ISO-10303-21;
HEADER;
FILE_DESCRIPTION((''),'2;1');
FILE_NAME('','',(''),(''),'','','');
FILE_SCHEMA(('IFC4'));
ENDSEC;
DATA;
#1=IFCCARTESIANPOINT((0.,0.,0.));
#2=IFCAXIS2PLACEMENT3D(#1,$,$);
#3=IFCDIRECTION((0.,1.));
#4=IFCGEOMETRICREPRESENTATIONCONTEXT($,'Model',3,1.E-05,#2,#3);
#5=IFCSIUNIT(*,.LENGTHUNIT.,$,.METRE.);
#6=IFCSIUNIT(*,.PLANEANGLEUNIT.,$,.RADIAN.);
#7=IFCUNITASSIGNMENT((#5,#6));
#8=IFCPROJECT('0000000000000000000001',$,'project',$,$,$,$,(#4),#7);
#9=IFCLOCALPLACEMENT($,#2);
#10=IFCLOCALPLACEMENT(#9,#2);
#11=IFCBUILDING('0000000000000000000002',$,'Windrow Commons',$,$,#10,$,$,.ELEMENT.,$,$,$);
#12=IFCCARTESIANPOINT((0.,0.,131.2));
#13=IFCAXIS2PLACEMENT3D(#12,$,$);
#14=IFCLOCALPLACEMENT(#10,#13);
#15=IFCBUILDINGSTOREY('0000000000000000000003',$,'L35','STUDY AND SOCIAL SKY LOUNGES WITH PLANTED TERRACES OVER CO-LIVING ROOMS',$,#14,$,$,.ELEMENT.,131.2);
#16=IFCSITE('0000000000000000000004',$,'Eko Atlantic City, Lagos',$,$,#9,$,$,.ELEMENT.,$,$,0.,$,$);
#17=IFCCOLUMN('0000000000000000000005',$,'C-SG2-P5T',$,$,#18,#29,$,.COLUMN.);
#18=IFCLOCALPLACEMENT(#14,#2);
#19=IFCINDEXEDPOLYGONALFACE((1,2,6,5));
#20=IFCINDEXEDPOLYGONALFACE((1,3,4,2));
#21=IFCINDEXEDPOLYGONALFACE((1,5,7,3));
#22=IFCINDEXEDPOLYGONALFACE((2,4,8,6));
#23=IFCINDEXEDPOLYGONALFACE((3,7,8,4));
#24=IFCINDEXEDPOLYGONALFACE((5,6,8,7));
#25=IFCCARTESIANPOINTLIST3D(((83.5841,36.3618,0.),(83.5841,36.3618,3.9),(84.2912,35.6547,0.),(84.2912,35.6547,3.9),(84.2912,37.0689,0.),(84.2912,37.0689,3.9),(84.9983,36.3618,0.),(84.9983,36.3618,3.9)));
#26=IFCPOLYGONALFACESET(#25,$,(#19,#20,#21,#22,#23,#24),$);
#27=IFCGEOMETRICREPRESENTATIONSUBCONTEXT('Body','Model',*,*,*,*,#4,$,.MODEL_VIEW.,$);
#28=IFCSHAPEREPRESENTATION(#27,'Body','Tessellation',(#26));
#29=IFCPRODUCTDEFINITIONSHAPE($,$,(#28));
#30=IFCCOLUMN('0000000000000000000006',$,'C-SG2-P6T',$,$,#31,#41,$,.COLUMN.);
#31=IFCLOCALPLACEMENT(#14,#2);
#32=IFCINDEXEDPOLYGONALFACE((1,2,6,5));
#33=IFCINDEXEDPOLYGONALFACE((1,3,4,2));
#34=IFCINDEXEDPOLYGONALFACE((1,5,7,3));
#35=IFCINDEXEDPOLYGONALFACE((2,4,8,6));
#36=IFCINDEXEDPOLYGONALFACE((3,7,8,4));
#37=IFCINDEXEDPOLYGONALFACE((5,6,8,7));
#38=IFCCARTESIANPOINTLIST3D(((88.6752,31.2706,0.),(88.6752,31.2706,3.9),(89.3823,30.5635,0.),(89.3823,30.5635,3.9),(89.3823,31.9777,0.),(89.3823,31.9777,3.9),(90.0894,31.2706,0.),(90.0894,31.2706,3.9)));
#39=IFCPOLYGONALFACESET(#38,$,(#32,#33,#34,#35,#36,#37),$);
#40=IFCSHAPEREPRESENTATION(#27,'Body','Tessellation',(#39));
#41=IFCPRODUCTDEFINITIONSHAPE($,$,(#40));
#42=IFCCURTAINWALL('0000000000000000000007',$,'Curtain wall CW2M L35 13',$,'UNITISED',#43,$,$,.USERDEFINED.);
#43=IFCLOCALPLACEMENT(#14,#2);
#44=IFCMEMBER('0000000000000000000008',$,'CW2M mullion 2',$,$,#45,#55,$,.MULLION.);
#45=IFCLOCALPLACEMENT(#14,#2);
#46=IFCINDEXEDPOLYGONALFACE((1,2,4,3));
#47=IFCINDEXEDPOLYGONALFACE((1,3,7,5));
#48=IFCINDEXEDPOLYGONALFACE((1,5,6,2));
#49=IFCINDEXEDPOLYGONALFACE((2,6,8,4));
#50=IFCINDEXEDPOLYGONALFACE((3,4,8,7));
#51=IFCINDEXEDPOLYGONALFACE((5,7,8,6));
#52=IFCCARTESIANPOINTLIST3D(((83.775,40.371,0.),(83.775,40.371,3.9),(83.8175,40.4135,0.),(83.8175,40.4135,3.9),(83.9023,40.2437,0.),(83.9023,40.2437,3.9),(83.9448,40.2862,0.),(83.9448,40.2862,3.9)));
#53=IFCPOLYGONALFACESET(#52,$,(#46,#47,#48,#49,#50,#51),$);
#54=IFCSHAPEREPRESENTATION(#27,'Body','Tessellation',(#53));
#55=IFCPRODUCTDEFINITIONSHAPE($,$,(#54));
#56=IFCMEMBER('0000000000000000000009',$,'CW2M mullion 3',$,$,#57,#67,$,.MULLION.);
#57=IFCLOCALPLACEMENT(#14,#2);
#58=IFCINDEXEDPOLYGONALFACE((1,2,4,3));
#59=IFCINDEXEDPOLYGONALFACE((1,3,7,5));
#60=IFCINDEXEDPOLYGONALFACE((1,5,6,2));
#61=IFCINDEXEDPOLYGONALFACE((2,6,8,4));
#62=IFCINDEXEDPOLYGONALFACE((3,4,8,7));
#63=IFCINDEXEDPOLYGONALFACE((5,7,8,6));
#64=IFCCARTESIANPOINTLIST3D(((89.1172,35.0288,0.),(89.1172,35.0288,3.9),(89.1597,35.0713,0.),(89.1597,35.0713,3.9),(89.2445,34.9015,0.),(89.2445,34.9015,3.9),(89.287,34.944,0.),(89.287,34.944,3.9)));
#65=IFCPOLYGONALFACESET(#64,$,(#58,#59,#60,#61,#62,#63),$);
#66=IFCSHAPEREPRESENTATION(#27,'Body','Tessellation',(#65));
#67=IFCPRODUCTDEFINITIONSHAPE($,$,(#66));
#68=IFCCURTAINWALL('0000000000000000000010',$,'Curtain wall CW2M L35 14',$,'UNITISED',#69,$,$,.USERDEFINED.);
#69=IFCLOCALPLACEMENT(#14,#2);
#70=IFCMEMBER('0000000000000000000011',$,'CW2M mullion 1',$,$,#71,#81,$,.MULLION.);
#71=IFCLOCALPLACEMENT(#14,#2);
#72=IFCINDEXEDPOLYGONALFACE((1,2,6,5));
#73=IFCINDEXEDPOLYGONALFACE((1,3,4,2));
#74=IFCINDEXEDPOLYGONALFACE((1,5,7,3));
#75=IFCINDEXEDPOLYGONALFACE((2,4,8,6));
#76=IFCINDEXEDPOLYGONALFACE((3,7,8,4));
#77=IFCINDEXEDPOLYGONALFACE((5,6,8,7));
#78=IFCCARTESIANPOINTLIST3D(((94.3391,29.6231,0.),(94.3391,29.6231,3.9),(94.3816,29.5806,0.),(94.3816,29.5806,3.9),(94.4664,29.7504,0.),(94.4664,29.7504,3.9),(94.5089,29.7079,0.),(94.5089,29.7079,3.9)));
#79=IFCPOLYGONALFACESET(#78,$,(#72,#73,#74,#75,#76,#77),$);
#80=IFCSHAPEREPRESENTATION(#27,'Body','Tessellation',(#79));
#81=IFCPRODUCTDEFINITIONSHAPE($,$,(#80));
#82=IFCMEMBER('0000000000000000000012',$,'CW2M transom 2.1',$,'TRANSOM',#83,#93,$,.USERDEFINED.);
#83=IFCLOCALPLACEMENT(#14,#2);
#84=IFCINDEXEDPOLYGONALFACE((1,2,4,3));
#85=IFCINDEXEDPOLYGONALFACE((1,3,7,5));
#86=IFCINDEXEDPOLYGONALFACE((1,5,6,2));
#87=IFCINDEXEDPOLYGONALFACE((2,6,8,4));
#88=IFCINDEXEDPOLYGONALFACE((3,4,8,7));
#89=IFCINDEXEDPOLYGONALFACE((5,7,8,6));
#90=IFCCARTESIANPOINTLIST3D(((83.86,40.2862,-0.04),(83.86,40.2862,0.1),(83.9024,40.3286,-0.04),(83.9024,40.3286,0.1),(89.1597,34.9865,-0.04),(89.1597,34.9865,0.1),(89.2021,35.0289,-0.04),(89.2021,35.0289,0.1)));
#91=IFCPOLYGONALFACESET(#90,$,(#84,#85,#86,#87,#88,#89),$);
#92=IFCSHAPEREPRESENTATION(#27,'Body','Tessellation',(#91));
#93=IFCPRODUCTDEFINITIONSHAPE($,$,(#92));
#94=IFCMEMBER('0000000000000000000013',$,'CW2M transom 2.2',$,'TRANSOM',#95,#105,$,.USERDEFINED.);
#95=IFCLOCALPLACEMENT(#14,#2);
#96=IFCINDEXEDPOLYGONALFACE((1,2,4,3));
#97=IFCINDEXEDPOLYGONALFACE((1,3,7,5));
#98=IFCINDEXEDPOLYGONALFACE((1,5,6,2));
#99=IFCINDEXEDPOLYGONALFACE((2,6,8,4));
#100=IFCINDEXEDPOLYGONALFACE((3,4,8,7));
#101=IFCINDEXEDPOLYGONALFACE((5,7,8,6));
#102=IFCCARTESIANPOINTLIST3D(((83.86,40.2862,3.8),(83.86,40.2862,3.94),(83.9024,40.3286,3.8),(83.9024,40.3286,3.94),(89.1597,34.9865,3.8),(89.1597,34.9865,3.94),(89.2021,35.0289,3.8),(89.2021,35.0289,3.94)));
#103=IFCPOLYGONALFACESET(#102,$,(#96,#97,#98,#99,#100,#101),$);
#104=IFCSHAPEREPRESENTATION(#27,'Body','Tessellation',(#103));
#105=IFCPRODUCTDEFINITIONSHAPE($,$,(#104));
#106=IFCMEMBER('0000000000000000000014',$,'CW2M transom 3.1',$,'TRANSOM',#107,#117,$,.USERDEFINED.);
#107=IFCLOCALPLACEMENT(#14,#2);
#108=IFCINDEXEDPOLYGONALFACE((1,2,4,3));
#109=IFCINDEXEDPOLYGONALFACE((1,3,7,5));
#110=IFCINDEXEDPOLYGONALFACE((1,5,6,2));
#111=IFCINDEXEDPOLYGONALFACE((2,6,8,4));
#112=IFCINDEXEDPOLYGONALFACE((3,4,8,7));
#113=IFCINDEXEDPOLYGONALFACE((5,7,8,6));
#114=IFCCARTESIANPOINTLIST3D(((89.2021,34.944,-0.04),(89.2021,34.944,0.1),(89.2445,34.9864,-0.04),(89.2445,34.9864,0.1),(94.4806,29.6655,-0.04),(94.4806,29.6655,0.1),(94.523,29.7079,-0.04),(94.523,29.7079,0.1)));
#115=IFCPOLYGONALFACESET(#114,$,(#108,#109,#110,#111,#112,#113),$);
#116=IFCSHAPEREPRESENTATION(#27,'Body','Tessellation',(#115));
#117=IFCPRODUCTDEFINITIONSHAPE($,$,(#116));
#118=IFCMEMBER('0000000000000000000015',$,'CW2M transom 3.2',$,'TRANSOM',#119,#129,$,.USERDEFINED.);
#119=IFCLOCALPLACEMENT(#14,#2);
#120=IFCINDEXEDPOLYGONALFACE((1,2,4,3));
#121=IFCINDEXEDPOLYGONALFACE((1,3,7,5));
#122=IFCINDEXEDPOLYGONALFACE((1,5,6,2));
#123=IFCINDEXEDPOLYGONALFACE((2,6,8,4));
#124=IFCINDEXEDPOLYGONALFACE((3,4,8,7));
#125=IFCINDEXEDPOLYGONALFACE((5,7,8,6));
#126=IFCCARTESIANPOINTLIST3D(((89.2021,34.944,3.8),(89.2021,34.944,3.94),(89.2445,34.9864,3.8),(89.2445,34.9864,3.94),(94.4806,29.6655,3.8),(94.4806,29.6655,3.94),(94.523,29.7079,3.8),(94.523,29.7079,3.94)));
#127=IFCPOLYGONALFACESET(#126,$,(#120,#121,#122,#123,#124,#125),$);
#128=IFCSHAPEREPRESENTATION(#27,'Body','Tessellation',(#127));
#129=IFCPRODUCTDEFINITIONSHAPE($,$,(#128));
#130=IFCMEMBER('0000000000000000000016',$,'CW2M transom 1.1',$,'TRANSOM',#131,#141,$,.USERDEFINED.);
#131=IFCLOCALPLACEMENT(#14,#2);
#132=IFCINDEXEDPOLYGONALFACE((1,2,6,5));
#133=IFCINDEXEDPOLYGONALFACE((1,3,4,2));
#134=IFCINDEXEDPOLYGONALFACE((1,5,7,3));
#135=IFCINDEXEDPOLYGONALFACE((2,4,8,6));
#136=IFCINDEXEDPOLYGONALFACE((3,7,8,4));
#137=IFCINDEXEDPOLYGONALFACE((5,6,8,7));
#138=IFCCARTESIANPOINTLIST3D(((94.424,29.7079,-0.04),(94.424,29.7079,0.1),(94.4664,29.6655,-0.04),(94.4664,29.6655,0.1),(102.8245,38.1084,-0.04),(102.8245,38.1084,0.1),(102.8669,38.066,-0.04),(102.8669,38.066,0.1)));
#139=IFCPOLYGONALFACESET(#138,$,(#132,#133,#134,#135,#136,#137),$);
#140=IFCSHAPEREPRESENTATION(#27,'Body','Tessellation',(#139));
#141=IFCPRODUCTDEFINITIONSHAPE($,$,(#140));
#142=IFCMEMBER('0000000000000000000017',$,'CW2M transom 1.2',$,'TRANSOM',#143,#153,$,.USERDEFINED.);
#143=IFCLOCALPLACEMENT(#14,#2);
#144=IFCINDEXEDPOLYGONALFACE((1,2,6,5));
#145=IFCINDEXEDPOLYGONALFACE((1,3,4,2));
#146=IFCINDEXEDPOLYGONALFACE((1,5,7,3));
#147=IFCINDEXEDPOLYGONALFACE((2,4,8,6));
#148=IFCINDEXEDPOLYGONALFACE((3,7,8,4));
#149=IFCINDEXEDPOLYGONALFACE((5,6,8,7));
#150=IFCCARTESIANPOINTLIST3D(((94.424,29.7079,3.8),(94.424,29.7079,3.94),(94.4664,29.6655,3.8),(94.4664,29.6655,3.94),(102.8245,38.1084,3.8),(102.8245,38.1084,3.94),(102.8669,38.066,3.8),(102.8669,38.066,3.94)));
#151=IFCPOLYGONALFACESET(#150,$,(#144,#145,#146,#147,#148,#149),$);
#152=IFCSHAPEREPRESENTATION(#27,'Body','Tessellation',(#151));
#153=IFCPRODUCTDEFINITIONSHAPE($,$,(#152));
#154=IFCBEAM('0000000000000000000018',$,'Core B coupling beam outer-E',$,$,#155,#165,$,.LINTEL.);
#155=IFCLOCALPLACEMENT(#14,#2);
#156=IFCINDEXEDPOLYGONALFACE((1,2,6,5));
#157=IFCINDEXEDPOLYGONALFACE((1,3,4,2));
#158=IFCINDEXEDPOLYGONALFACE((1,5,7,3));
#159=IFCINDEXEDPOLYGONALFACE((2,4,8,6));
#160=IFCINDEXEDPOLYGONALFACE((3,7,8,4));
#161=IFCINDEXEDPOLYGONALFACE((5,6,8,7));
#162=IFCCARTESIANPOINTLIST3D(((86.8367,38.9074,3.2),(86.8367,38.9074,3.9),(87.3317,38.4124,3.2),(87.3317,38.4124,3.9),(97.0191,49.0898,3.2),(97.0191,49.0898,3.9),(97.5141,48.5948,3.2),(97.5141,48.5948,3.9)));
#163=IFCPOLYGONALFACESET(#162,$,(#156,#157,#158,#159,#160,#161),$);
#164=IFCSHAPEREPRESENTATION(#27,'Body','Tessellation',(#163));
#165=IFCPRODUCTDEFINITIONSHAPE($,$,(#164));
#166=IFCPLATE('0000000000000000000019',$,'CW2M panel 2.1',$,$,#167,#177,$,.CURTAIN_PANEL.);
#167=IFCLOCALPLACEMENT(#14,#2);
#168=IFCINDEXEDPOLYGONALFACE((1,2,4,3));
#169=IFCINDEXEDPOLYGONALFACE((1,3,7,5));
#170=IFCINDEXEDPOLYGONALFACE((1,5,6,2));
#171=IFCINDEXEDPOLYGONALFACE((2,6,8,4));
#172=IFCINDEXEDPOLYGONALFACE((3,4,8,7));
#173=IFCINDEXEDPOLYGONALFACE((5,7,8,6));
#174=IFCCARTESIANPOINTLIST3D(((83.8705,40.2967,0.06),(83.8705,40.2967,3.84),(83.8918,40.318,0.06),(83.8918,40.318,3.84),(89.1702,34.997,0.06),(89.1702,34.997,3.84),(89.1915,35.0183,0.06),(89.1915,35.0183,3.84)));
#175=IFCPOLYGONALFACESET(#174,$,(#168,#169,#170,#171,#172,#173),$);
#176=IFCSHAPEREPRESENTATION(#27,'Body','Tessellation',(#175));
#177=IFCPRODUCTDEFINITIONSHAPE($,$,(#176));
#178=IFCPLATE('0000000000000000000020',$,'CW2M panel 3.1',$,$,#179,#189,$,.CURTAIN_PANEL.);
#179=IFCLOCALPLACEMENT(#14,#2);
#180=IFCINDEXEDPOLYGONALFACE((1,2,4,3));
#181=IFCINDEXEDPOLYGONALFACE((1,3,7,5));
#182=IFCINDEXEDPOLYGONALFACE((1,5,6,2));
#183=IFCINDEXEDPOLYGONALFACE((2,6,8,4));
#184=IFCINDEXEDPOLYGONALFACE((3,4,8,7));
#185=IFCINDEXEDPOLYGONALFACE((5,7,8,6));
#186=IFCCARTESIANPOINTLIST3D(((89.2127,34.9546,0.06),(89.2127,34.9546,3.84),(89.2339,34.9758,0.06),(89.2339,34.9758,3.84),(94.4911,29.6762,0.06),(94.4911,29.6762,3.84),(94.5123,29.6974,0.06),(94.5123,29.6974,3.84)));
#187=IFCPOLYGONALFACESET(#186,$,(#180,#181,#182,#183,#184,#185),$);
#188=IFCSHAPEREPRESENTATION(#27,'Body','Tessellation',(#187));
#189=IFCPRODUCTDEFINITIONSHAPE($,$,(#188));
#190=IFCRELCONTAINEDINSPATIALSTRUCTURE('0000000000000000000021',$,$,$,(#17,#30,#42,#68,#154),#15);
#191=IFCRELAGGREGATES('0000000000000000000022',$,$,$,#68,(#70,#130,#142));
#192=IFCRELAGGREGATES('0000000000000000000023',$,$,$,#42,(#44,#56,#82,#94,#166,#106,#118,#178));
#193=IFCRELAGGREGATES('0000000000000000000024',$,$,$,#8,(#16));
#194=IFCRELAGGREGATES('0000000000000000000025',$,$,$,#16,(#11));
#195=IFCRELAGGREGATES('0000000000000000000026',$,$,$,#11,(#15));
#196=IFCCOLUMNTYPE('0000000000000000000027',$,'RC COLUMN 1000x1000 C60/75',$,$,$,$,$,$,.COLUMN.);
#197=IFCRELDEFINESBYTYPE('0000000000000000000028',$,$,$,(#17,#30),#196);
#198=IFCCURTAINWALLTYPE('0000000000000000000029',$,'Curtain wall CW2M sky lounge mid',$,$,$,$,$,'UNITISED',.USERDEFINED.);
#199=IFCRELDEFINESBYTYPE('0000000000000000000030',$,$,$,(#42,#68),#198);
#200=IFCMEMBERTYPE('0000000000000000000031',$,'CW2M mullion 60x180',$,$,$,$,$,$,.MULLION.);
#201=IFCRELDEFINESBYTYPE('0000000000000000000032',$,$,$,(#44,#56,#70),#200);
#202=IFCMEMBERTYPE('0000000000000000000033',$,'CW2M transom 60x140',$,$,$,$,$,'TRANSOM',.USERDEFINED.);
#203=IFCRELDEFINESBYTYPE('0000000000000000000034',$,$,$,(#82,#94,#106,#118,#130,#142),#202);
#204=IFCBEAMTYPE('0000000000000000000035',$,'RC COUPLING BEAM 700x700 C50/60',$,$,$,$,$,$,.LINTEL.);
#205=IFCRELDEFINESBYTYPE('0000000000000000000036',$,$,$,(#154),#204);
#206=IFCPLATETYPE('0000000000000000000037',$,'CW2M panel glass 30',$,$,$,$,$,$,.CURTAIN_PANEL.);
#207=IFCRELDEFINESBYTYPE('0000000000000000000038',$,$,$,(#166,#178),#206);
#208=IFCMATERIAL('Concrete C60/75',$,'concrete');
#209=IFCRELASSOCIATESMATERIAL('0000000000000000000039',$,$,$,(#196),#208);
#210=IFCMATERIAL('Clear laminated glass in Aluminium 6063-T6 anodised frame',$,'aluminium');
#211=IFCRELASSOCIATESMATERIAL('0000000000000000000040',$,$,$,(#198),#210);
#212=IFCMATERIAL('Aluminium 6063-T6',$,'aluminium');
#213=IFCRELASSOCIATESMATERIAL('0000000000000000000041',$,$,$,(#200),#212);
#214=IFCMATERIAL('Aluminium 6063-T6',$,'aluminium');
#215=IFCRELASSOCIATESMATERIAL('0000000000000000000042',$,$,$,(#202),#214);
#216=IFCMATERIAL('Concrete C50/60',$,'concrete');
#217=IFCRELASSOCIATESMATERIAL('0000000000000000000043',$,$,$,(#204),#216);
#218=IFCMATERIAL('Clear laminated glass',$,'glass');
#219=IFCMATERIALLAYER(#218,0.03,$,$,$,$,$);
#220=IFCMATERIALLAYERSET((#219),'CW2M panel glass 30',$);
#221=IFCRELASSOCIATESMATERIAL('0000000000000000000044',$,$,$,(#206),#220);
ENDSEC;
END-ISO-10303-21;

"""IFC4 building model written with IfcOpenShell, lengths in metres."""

from ifc_helpers import new_model, si_unit, direction, frame, origin, origin_2d, place, context, subcontext, project, spatial, rectangle, extrude, material, layer, layer_set, material_profile, profile_set, type_object, element, aggregate, save


model = new_model("IFC4")

# Units and contexts
model_context = context("Model", 3, precision=1e-05, world=origin(), true_north=direction((0.0, 1.0)))
body_context = subcontext(model_context, "Body", "Model", "MODEL_VIEW")
ifc_project = project(units=[si_unit("LENGTHUNIT", "METRE"), si_unit("PLANEANGLEUNIT", "RADIAN")], contexts=[model_context])

# Site, building, storey
site_placement = place(None, origin())
site = spatial("IfcSite", under=ifc_project, at=site_placement, Name="Eko Atlantic City, Lagos", CompositionType="ELEMENT", RefElevation=0.0)
building_placement = place(site_placement, origin())
building = spatial("IfcBuilding", under=site, at=building_placement, Name="Windrow Commons", CompositionType="ELEMENT")
storey_placement = place(building_placement, frame((0.0, 0.0, 131.2)))
storey = spatial("IfcBuildingStorey", under=building, at=storey_placement, Name="L35", Description="STUDY AND SOCIAL SKY LOUNGES WITH PLANTED TERRACES OVER CO-LIVING ROOMS", CompositionType="ELEMENT", Elevation=131.2)

# Columns
ifc_material_1 = material(Name="Concrete C60/75", Category="concrete")
ifc_material_profile_1 = material_profile(ifc_material_1, rectangle(XDim=1.0, YDim=1.0, at=origin_2d()))
ifc_profile_set_1 = profile_set([ifc_material_profile_1], Name="Concrete C60/75")
column_type = type_object("IfcColumnType", Name="RC COLUMN 1000x1000 C60/75", PredefinedType="COLUMN", material=ifc_profile_set_1)
for number, where, z_axis, x_axis, name in (
    (1, (84.2912, 36.3618, 0.0), (0.0, 0.0, 1.0), (0.707107, -0.707107, 0.0), "C-SG2-P5T"),
    (2, (89.3823, 31.2706, 0.0), (0.0, 0.0, 1.0), (0.707107, -0.707107, 0.0), "C-SG2-P6T"),
):
    element("IfcColumn", number, at=place(storey_placement, frame(where, z_axis=z_axis, x_axis=x_axis)), inside=storey, type_object=column_type, Name=name, PredefinedType="COLUMN", context=body_context, shape_type="SweptSolid", body=[
        extrude(rectangle(XDim=1.0, YDim=1.0, at=origin_2d()), origin(), (0.0, 0.0, 1.0), 3.9),
    ])

# Curtain wall, members
ifc_material_2 = material(Name="Clear laminated glass in Aluminium 6063-T6 anodised frame", Category="aluminium")
curtain_wall_type = type_object("IfcCurtainWallType", Name="Curtain wall CW2M sky lounge mid", ElementType="UNITISED", PredefinedType="USERDEFINED", material=ifc_material_2)
placement = place(storey_placement, origin())
curtain_wall_1 = element("IfcCurtainWall", 3, at=placement, inside=storey, type_object=curtain_wall_type, Name="Curtain wall CW2M L35 13", ObjectType="UNITISED", PredefinedType="USERDEFINED")
ifc_material_3 = material(Name="Aluminium 6063-T6", Category="aluminium")
ifc_material_profile_2 = material_profile(ifc_material_3, rectangle(XDim=0.06, YDim=0.18, at=origin_2d()))
ifc_profile_set_2 = profile_set([ifc_material_profile_2], Name="Aluminium 6063-T6")
member_type_1 = type_object("IfcMemberType", Name="CW2M mullion 60x180", PredefinedType="MULLION", material=ifc_profile_set_2)
member_1_placement = place(storey_placement, frame((83.8599, 40.3286, 0.0), z_axis=(0.0, 0.0, 1.0), x_axis=(0.707107, 0.707107, 0.0)))
member_1 = element("IfcMember", 4, at=member_1_placement, type_object=member_type_1, Name="CW2M mullion 2", PredefinedType="MULLION", context=body_context, shape_type="SweptSolid", body=[
    extrude(rectangle(XDim=0.06, YDim=0.18, at=origin_2d()), origin(), (0.0, 0.0, 1.0), 3.9),
])
member_2_placement = place(storey_placement, frame((89.2021, 34.9864, 0.0), z_axis=(0.0, 0.0, 1.0), x_axis=(0.707107, 0.707107, 0.0)))
member_2 = element("IfcMember", 5, at=member_2_placement, type_object=member_type_1, Name="CW2M mullion 3", PredefinedType="MULLION", context=body_context, shape_type="SweptSolid", body=[
    extrude(rectangle(XDim=0.06, YDim=0.18, at=origin_2d()), origin(), (0.0, 0.0, 1.0), 3.9),
])

# Curtain wall, member
curtain_wall_2 = element("IfcCurtainWall", 6, at=placement, inside=storey, type_object=curtain_wall_type, Name="Curtain wall CW2M L35 14", ObjectType="UNITISED", PredefinedType="USERDEFINED")
member_3_placement = place(storey_placement, frame((94.424, 29.6655, 0.0), z_axis=(0.0, 0.0, 1.0), x_axis=(-0.707107, 0.707107, 0.0)))
member_3 = element("IfcMember", 7, at=member_3_placement, type_object=member_type_1, Name="CW2M mullion 1", PredefinedType="MULLION", context=body_context, shape_type="SweptSolid", body=[
    extrude(rectangle(XDim=0.06, YDim=0.18, at=origin_2d()), origin(), (0.0, 0.0, 1.0), 3.9),
])

# Members
ifc_material_4 = material(Name="Aluminium 6063-T6", Category="aluminium")
ifc_material_profile_3 = material_profile(ifc_material_4, rectangle(XDim=0.06, YDim=0.14, at=origin_2d()))
ifc_profile_set_3 = profile_set([ifc_material_profile_3], Name="Aluminium 6063-T6")
member_type_2 = type_object("IfcMemberType", Name="CW2M transom 60x140", ElementType="TRANSOM", PredefinedType="USERDEFINED", material=ifc_profile_set_3)
member_4_placement = place(storey_placement, frame((83.8812, 40.3074, 0.03), z_axis=(0.707107, -0.707107, 0.0), x_axis=(0.707107, 0.707107, 0.0)))
member_4 = element("IfcMember", 8, at=member_4_placement, type_object=member_type_2, Name="CW2M transom 2.1", ObjectType="TRANSOM", PredefinedType="USERDEFINED", context=body_context, shape_type="SweptSolid", body=[
    extrude(rectangle(XDim=0.06, YDim=0.14, at=origin_2d()), origin(), (0.0, 0.0, 1.0), 7.4949),
])
member_5_placement = place(storey_placement, frame((83.8812, 40.3074, 3.87), z_axis=(0.707107, -0.707107, 0.0), x_axis=(0.707107, 0.707107, 0.0)))
member_5 = element("IfcMember", 9, at=member_5_placement, type_object=member_type_2, Name="CW2M transom 2.2", ObjectType="TRANSOM", PredefinedType="USERDEFINED", context=body_context, shape_type="SweptSolid", body=[
    extrude(rectangle(XDim=0.06, YDim=0.14, at=origin_2d()), origin(), (0.0, 0.0, 1.0), 7.4949),
])
member_6_placement = place(storey_placement, frame((89.2233, 34.9652, 0.03), z_axis=(0.707107, -0.707107, 0.0), x_axis=(0.707107, 0.707107, 0.0)))
member_6 = element("IfcMember", 10, at=member_6_placement, type_object=member_type_2, Name="CW2M transom 3.1", ObjectType="TRANSOM", PredefinedType="USERDEFINED", context=body_context, shape_type="SweptSolid", body=[
    extrude(rectangle(XDim=0.06, YDim=0.14, at=origin_2d()), origin(), (0.0, 0.0, 1.0), 7.4649),
])
member_7_placement = place(storey_placement, frame((89.2233, 34.9652, 3.87), z_axis=(0.707107, -0.707107, 0.0), x_axis=(0.707107, 0.707107, 0.0)))
member_7 = element("IfcMember", 11, at=member_7_placement, type_object=member_type_2, Name="CW2M transom 3.2", ObjectType="TRANSOM", PredefinedType="USERDEFINED", context=body_context, shape_type="SweptSolid", body=[
    extrude(rectangle(XDim=0.06, YDim=0.14, at=origin_2d()), origin(), (0.0, 0.0, 1.0), 7.4649),
])
member_8_placement = place(storey_placement, frame((94.4452, 29.6867, 0.03), z_axis=(0.707107, 0.707107, 0.0), x_axis=(-0.707107, 0.707107, 0.0)))
member_8 = element("IfcMember", 12, at=member_8_placement, type_object=member_type_2, Name="CW2M transom 1.1", ObjectType="TRANSOM", PredefinedType="USERDEFINED", context=body_context, shape_type="SweptSolid", body=[
    extrude(rectangle(XDim=0.06, YDim=0.14, at=origin_2d()), origin(), (0.0, 0.0, 1.0), 11.8801),
])
member_9_placement = place(storey_placement, frame((94.4452, 29.6867, 3.87), z_axis=(0.707107, 0.707107, 0.0), x_axis=(-0.707107, 0.707107, 0.0)))
member_9 = element("IfcMember", 13, at=member_9_placement, type_object=member_type_2, Name="CW2M transom 1.2", ObjectType="TRANSOM", PredefinedType="USERDEFINED", context=body_context, shape_type="SweptSolid", body=[
    extrude(rectangle(XDim=0.06, YDim=0.14, at=origin_2d()), origin(), (0.0, 0.0, 1.0), 11.8801),
])
aggregate(curtain_wall_2, [member_3, member_8, member_9])

# Beam
ifc_material_5 = material(Name="Concrete C50/60", Category="concrete")
ifc_material_profile_4 = material_profile(ifc_material_5, rectangle(XDim=0.7, YDim=0.7, at=origin_2d()))
ifc_profile_set_4 = profile_set([ifc_material_profile_4], Name="Concrete C50/60")
beam_type = type_object("IfcBeamType", Name="RC COUPLING BEAM 700x700 C50/60", PredefinedType="LINTEL", material=ifc_profile_set_4)
beam_placement = place(storey_placement, frame((87.0842, 38.6599, 3.55), z_axis=(0.707107, 0.707107, 0.0), x_axis=(-0.707107, 0.707107, 0.0)))
element("IfcBeam", 14, at=beam_placement, inside=storey, type_object=beam_type, Name="Core B coupling beam outer-E", PredefinedType="LINTEL", context=body_context, shape_type="SweptSolid", body=[
    extrude(rectangle(XDim=0.7, YDim=0.7, at=origin_2d()), origin(), (0.0, 0.0, 1.0), 14.4001),
])

# Plates
ifc_material_6 = material(Name="Clear laminated glass", Category="glass")
ifc_layer_1 = layer(ifc_material_6, 0.03)
ifc_layer_set_1 = layer_set([ifc_layer_1], Name="CW2M panel glass 30")
plate_type = type_object("IfcPlateType", Name="CW2M panel glass 30", PredefinedType="CURTAIN_PANEL", material=ifc_layer_set_1)
plate_1_placement = place(storey_placement, frame((86.531, 37.6575, 0.06), z_axis=(0.0, 0.0, 1.0), x_axis=(0.707107, -0.707107, 0.0)))
plate_1 = element("IfcPlate", 15, at=plate_1_placement, type_object=plate_type, Name="CW2M panel 2.1", PredefinedType="CURTAIN_PANEL", context=body_context, shape_type="SweptSolid", body=[
    extrude(rectangle(XDim=7.4949, YDim=0.03, at=origin_2d()), origin(), (0.0, 0.0, 1.0), 3.78),
])
plate_2_placement = place(storey_placement, frame((91.8625, 32.326, 0.06), z_axis=(0.0, 0.0, 1.0), x_axis=(0.707107, -0.707107, 0.0)))
plate_2 = element("IfcPlate", 16, at=plate_2_placement, type_object=plate_type, Name="CW2M panel 3.1", PredefinedType="CURTAIN_PANEL", context=body_context, shape_type="SweptSolid", body=[
    extrude(rectangle(XDim=7.4649, YDim=0.03, at=origin_2d()), origin(), (0.0, 0.0, 1.0), 3.78),
])
aggregate(curtain_wall_1, [member_1, member_2, member_4, member_5, plate_1, member_6, member_7, plate_2])

save(model, "model.ifc")
